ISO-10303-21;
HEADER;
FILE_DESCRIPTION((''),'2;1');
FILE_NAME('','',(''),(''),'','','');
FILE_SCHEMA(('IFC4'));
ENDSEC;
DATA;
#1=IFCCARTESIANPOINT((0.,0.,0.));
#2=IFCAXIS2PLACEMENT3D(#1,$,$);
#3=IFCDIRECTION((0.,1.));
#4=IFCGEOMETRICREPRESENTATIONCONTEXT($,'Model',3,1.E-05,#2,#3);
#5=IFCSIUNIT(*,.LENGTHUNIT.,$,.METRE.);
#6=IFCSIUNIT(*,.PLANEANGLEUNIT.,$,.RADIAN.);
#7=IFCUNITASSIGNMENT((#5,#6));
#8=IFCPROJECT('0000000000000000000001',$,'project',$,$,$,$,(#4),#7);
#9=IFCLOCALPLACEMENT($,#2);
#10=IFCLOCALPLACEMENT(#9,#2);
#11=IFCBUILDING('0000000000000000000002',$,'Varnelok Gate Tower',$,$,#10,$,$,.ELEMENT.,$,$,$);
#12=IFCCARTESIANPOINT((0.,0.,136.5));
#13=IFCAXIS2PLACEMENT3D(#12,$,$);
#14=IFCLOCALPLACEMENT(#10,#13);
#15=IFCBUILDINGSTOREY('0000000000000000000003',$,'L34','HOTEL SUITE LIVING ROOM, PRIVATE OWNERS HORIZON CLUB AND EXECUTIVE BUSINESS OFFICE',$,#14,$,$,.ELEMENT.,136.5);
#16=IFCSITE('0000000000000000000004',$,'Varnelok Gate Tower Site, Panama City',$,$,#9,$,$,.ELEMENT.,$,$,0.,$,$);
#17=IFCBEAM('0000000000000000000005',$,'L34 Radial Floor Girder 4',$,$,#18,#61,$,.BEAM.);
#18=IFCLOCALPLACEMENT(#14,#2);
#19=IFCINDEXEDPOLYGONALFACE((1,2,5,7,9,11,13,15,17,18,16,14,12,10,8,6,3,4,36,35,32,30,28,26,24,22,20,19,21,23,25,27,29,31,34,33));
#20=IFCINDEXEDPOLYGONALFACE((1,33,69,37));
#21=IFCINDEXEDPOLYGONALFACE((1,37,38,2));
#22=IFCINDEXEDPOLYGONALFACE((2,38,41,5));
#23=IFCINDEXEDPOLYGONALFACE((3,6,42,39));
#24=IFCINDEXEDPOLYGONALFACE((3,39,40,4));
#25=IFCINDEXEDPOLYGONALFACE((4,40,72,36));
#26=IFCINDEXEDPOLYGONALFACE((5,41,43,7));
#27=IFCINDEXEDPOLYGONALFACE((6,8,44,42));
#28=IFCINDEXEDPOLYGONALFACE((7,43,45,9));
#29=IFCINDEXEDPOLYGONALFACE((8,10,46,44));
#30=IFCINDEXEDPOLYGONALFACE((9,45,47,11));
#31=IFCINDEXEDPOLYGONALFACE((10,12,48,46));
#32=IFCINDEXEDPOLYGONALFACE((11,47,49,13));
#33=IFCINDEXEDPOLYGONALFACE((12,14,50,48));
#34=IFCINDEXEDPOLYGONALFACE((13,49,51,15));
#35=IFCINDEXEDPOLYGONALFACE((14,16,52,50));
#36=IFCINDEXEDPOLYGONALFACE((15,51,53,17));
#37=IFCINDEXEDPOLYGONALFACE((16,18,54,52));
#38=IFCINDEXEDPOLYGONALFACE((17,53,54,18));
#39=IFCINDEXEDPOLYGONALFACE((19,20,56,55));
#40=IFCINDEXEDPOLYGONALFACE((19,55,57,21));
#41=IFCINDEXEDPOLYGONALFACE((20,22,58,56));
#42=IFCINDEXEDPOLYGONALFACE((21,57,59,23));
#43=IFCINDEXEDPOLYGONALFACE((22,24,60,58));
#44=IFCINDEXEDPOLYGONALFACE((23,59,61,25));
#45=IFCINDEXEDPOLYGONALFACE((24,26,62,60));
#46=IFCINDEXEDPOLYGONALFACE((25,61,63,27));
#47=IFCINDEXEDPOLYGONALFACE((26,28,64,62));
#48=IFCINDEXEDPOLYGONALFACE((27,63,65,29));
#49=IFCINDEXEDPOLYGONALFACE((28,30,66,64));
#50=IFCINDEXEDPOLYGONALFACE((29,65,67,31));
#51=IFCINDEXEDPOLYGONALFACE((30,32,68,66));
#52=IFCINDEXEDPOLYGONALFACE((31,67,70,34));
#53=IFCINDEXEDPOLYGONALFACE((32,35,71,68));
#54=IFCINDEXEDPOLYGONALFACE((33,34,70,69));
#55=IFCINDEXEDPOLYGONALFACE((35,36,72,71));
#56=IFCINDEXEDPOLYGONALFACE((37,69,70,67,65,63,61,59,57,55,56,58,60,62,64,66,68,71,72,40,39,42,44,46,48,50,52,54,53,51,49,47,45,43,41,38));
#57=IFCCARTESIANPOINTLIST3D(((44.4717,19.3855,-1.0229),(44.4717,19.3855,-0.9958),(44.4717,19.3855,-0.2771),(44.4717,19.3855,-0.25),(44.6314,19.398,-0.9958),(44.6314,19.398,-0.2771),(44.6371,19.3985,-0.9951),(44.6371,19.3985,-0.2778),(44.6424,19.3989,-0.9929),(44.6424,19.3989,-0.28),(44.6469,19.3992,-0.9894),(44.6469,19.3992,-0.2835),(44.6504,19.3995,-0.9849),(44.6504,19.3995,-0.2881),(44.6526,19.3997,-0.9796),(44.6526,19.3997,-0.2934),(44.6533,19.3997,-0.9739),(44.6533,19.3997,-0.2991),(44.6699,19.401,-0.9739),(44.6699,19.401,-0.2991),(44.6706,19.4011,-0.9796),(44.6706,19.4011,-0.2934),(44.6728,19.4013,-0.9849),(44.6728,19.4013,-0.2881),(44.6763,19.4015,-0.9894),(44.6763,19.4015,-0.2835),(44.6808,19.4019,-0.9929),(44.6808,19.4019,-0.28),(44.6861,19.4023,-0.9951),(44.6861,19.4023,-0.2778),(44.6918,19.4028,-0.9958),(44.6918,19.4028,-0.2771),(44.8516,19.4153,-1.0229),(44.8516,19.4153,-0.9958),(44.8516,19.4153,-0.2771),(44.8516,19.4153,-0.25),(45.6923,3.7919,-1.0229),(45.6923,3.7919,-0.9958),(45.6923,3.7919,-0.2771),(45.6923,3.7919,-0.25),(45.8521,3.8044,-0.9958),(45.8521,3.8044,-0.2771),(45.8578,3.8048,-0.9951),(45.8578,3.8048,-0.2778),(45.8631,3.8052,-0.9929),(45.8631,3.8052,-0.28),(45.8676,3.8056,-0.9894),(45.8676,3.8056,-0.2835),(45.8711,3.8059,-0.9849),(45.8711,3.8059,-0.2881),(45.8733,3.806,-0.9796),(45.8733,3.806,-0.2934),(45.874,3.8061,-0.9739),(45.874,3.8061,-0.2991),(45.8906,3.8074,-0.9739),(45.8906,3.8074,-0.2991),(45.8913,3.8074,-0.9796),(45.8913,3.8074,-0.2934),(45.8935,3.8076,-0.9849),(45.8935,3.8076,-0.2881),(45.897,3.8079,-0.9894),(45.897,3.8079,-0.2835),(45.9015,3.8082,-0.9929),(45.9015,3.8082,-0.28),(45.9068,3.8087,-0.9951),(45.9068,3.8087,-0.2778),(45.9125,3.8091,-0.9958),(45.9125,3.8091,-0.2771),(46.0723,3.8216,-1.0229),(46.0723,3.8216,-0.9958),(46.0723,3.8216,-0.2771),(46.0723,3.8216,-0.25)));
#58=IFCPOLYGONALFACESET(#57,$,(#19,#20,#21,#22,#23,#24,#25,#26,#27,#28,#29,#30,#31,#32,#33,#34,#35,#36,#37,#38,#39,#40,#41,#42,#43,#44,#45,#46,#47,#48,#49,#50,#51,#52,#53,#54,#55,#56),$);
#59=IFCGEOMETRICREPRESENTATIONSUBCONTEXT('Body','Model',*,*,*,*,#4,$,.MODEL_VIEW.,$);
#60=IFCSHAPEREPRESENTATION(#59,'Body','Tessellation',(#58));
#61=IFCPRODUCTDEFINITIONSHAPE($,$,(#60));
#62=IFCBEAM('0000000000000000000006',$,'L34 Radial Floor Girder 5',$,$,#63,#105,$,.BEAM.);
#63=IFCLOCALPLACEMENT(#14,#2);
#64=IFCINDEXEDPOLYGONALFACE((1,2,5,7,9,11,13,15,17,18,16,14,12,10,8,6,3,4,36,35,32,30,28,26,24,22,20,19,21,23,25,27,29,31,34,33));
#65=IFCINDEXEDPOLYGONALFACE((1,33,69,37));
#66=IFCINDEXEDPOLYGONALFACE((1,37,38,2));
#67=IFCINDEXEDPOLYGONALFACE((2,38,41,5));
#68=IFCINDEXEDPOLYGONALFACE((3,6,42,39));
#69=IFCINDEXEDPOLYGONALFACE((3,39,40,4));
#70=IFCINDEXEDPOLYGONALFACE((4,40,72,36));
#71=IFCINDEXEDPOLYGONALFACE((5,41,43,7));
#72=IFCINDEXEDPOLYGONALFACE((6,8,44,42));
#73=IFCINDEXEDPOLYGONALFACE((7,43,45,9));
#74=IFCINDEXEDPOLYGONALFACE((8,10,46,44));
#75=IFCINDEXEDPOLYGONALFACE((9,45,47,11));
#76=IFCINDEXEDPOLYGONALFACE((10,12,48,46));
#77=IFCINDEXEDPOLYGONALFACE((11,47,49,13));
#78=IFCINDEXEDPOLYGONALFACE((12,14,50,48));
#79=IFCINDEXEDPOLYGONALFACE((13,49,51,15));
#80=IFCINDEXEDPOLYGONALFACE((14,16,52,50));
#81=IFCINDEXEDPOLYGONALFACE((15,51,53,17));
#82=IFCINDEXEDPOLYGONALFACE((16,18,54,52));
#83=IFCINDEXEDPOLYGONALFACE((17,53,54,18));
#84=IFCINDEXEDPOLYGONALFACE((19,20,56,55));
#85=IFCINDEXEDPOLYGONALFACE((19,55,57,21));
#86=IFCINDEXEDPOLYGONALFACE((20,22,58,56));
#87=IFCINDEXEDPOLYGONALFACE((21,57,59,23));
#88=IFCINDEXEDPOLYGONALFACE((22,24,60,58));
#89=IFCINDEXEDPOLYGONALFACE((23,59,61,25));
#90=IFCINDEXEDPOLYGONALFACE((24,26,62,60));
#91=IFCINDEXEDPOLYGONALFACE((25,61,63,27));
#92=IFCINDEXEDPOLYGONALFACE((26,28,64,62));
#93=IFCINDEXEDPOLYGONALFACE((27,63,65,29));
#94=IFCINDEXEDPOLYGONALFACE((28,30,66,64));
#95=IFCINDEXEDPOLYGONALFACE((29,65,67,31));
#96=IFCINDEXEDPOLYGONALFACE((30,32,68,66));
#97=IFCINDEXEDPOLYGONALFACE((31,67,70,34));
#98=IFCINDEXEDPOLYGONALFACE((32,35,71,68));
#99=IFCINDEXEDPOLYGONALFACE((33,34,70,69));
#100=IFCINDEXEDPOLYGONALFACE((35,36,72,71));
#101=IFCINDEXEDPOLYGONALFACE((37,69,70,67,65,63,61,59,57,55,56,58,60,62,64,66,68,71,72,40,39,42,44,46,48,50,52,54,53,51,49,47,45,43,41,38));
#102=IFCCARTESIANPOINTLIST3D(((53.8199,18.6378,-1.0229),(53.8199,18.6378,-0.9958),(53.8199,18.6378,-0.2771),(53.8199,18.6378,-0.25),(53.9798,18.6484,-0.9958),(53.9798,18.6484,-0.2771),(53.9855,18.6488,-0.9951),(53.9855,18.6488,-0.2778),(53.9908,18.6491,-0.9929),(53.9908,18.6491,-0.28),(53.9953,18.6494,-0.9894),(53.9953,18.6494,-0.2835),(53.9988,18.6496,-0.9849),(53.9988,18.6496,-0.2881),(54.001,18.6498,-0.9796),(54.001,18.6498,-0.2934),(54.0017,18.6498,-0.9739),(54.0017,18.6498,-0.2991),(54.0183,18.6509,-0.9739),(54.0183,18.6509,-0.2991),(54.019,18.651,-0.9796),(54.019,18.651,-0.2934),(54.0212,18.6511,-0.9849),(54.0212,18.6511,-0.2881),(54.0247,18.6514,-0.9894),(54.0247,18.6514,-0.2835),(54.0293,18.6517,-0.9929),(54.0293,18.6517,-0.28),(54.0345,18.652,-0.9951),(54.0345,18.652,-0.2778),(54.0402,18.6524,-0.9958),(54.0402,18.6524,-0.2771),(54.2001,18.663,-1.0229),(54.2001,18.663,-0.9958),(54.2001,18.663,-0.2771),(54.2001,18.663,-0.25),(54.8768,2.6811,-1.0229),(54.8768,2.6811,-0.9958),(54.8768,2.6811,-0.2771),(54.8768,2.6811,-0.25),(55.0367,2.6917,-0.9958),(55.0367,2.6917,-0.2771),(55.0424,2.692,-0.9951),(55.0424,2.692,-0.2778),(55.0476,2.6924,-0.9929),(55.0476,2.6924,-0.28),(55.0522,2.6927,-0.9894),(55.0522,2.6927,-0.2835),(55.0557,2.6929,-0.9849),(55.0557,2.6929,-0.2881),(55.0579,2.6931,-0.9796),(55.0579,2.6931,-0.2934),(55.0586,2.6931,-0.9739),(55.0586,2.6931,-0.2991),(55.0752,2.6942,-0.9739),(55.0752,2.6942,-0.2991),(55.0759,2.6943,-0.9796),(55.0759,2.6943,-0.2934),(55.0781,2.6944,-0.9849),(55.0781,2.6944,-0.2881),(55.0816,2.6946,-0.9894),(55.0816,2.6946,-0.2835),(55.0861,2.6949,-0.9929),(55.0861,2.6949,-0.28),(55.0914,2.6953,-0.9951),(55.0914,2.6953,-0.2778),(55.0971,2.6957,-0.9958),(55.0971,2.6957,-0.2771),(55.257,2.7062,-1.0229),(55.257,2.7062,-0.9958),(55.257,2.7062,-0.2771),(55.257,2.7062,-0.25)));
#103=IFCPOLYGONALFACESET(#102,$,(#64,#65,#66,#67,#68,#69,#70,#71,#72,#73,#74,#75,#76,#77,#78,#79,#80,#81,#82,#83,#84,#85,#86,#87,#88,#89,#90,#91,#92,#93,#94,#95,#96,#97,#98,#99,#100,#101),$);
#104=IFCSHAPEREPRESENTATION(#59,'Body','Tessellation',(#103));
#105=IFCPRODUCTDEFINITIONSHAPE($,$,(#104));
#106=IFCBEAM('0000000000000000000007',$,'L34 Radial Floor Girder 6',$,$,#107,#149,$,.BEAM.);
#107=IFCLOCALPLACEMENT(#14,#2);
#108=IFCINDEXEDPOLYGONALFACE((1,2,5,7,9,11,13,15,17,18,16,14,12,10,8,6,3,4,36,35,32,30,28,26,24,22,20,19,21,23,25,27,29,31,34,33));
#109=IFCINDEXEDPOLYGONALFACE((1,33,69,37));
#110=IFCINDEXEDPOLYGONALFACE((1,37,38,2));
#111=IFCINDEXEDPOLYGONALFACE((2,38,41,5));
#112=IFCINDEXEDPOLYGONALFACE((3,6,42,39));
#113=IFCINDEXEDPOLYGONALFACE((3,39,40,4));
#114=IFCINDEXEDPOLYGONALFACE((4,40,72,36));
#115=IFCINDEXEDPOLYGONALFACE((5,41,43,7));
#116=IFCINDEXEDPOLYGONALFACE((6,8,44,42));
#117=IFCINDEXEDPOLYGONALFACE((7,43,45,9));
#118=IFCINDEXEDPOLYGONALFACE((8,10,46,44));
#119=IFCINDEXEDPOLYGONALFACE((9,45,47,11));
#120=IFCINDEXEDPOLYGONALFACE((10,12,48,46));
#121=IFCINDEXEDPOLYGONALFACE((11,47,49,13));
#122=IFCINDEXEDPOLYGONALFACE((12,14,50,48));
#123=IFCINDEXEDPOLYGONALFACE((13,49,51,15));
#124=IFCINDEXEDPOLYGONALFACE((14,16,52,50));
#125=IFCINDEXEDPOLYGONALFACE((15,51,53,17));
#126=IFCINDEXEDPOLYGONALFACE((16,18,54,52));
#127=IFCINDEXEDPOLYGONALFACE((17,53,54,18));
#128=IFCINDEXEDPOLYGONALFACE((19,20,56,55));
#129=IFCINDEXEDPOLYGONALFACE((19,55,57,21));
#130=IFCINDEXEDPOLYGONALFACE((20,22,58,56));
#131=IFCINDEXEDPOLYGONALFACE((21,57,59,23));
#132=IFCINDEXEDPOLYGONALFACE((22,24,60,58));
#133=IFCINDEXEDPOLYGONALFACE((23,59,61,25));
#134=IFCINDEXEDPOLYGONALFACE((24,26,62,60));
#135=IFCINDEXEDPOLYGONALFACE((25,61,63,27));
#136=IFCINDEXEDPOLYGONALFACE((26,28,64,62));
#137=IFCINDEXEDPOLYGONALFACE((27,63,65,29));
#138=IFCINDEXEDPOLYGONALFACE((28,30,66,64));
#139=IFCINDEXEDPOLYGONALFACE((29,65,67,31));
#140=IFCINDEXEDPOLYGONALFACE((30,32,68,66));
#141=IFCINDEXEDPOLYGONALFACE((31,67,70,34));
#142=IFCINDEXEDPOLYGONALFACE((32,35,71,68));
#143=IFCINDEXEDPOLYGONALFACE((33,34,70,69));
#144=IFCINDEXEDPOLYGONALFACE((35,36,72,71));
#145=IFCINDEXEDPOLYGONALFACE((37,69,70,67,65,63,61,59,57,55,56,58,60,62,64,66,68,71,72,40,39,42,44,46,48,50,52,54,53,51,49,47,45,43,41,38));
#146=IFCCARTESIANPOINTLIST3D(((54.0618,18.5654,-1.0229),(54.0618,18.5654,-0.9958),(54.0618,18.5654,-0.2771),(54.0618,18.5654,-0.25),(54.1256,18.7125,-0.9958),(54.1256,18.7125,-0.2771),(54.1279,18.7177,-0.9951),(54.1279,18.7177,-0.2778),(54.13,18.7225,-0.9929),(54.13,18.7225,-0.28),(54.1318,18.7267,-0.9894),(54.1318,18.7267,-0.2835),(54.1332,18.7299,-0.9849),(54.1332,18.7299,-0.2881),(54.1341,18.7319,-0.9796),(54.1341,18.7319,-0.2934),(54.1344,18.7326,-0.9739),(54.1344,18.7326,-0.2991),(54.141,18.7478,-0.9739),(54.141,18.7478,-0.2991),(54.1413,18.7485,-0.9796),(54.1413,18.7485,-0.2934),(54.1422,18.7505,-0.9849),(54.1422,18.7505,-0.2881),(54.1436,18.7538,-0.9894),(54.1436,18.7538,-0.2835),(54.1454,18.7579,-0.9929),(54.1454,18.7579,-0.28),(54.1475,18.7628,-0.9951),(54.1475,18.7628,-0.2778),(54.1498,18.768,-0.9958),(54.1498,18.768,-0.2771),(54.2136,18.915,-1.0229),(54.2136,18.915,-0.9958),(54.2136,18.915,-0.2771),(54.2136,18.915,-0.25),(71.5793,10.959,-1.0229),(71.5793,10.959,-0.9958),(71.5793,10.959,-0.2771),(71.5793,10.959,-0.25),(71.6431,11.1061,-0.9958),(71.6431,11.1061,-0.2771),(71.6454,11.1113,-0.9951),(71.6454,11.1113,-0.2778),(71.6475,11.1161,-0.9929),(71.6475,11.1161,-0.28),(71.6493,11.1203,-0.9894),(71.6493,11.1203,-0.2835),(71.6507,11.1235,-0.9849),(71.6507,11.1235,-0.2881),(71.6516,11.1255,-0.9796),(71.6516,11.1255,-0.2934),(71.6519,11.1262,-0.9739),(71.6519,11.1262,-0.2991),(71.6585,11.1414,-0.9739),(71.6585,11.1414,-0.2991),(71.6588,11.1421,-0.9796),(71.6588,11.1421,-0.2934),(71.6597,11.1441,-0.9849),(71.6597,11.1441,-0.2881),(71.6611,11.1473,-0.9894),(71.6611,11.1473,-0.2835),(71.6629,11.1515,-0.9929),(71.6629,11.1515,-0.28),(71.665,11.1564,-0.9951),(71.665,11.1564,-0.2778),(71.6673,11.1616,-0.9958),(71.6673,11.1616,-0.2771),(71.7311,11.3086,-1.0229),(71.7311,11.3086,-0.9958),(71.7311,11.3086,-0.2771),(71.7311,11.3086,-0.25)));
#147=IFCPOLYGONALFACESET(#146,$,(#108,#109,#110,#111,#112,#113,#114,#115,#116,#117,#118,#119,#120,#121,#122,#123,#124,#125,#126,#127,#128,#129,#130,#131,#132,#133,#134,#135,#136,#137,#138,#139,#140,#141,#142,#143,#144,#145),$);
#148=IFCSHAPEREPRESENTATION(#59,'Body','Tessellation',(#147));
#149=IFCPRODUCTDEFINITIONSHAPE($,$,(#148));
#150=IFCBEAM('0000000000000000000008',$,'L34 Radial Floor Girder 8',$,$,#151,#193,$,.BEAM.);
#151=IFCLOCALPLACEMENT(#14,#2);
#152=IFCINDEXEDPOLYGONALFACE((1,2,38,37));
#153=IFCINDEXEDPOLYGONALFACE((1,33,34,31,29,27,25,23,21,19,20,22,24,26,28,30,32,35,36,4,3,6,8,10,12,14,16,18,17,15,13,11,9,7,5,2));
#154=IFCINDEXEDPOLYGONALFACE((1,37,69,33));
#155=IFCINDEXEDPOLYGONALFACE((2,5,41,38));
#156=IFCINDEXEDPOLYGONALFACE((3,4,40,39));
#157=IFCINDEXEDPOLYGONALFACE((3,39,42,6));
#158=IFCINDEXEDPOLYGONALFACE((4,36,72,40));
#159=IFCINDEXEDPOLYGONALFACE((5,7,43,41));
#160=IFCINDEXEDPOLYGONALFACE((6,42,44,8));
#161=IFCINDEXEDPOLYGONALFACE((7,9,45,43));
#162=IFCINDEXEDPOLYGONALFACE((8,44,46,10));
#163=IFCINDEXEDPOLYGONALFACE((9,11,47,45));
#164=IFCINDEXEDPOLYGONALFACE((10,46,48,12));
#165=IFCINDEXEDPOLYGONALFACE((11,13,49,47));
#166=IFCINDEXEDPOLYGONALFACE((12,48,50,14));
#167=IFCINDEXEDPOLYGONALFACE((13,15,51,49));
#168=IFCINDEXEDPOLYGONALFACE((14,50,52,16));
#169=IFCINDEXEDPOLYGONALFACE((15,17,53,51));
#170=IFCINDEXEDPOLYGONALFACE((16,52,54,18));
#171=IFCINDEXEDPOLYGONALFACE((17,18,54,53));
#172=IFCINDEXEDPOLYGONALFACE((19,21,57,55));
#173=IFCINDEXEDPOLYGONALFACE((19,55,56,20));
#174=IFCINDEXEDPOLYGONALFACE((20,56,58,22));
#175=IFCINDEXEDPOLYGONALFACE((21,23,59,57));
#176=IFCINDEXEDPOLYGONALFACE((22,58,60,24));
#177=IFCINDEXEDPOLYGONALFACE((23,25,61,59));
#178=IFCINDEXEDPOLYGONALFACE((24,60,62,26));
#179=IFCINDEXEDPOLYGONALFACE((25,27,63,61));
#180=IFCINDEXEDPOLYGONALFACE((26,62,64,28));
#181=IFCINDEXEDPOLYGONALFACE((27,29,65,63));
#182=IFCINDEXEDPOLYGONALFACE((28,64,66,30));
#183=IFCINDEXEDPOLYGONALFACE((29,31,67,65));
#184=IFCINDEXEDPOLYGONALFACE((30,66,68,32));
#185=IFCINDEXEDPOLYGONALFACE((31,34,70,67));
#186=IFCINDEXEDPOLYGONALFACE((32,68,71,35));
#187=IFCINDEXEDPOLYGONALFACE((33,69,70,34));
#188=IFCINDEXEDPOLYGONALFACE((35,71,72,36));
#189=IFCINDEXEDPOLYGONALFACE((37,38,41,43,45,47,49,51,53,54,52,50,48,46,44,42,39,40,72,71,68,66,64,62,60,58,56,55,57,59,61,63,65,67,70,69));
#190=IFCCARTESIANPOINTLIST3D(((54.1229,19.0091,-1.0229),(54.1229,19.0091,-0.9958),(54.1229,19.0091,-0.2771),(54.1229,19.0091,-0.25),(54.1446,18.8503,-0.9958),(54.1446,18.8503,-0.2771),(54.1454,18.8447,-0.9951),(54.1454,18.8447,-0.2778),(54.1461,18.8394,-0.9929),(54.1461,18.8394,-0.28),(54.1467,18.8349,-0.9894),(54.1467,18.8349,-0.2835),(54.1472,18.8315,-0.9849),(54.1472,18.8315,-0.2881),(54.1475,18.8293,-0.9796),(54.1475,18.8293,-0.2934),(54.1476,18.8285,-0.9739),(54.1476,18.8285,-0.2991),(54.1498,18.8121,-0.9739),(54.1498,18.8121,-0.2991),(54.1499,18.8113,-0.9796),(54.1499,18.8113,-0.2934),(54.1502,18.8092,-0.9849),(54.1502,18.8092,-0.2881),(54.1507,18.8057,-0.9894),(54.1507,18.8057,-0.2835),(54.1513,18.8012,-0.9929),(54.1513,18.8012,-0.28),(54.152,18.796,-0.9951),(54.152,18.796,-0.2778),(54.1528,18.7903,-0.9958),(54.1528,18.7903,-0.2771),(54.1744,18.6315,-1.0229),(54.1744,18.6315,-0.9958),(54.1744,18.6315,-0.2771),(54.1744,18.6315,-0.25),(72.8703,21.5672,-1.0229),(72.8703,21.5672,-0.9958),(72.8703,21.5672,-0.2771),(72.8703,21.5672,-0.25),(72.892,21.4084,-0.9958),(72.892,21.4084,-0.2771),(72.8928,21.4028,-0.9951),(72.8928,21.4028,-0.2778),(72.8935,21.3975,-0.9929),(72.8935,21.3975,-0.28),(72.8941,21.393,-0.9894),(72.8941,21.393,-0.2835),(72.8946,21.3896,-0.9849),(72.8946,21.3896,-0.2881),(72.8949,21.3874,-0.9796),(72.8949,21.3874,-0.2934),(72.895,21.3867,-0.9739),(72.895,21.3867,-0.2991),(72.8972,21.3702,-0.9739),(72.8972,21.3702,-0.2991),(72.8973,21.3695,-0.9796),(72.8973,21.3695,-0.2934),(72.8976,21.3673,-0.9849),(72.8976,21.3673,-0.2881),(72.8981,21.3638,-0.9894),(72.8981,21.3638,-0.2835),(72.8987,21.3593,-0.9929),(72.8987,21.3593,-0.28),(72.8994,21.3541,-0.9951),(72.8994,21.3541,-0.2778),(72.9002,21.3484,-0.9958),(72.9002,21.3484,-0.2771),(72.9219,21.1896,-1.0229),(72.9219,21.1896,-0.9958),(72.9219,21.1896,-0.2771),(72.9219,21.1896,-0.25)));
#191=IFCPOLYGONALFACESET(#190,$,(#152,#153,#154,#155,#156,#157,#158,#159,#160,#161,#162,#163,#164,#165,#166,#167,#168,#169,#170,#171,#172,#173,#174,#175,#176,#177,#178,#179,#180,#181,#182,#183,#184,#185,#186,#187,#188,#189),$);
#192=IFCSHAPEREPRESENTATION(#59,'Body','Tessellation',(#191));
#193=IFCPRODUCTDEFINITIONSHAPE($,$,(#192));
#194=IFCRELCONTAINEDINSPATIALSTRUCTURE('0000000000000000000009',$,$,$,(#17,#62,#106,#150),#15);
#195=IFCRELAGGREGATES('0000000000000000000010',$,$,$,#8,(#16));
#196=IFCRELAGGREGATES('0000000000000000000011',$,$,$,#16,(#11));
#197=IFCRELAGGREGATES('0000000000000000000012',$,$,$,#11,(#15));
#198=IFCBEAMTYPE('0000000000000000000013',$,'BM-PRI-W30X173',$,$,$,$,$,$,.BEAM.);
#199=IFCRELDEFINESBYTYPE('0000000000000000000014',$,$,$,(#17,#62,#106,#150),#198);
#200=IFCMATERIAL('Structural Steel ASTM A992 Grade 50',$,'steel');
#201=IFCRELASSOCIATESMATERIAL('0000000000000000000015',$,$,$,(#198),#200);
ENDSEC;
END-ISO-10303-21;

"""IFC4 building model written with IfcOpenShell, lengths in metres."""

from ifc_helpers import new_model, si_unit, direction, frame, origin, origin_2d, place, context, subcontext, project, spatial, i_section, extrude, material, material_profile, profile_set, type_object, element, save


model = new_model("IFC4")

# Units and contexts
model_context = context("Model", 3, precision=1e-05, world=origin(), true_north=direction((0.0, 1.0)))
body_context = subcontext(model_context, "Body", "Model", "MODEL_VIEW")
ifc_project = project(units=[si_unit("LENGTHUNIT", "METRE"), si_unit("PLANEANGLEUNIT", "RADIAN")], contexts=[model_context])

# Site, building, storey
site_placement = place(None, origin())
site = spatial("IfcSite", under=ifc_project, at=site_placement, Name="Varnelok Gate Tower Site, Panama City", CompositionType="ELEMENT", RefElevation=0.0)
building_placement = place(site_placement, origin())
building = spatial("IfcBuilding", under=site, at=building_placement, Name="Varnelok Gate Tower", CompositionType="ELEMENT")
storey_placement = place(building_placement, frame((0.0, 0.0, 136.5)))
storey = spatial("IfcBuildingStorey", under=building, at=storey_placement, Name="L34", Description="HOTEL SUITE LIVING ROOM, PRIVATE OWNERS HORIZON CLUB AND EXECUTIVE BUSINESS OFFICE", CompositionType="ELEMENT", Elevation=136.5)

# Shared definitions
ifc_material_1 = material(Name="Structural Steel ASTM A992 Grade 50", Category="steel")

# Beams
ifc_material_profile_1 = material_profile(ifc_material_1, i_section(OverallWidth=0.3811, OverallDepth=0.7729, WebThickness=0.0166, FlangeThickness=0.0271, FilletRadius=0.022, at=origin_2d()), Name="W30X173")
ifc_profile_set_1 = profile_set([ifc_material_profile_1], Name="Structural Steel ASTM A992 Grade 50")
beam_type_1 = type_object("IfcBeamType", Name="BM-PRI-W30X173", PredefinedType="BEAM", material=ifc_profile_set_1)
beam_1_placement = place(storey_placement, frame((44.6616, 19.4004, -0.6365), z_axis=(0.078043, -0.99695, 0.0), x_axis=(0.99695, 0.078043, 0.0)))
element("IfcBeam", 1, at=beam_1_placement, inside=storey, type_object=beam_type_1, Name="L34 Radial Floor Girder 4", PredefinedType="BEAM", context=body_context, shape_type="SweptSolid", body=[
    extrude(i_section(OverallWidth=0.3811, OverallDepth=0.7729, WebThickness=0.0166, FlangeThickness=0.0271, FilletRadius=0.022, at=origin_2d()), origin(), (0.0, 0.0, 1.0), 15.6414),
])
beam_2_placement = place(storey_placement, frame((54.01, 18.6504, -0.6365), z_axis=(0.066089, -0.997814, 0.0), x_axis=(0.997814, 0.066089, 0.0)))
element("IfcBeam", 2, at=beam_2_placement, inside=storey, type_object=beam_type_1, Name="L34 Radial Floor Girder 5", PredefinedType="BEAM", context=body_context, shape_type="SweptSolid", body=[
    extrude(i_section(OverallWidth=0.3811, OverallDepth=0.7729, WebThickness=0.0166, FlangeThickness=0.0271, FilletRadius=0.022, at=origin_2d()), origin(), (0.0, 0.0, 1.0), 15.9917),
])
beam_3_placement = place(storey_placement, frame((54.1377, 18.7402, -0.6365), z_axis=(0.917259, -0.39829, 0.0), x_axis=(0.39829, 0.917259, 0.0)))
element("IfcBeam", 3, at=beam_3_placement, inside=storey, type_object=beam_type_1, Name="L34 Radial Floor Girder 6", PredefinedType="BEAM", context=body_context, shape_type="SweptSolid", body=[
    extrude(i_section(OverallWidth=0.3811, OverallDepth=0.7729, WebThickness=0.0166, FlangeThickness=0.0271, FilletRadius=0.022, at=origin_2d()), origin(), (0.0, 0.0, 1.0), 19.0977),
])
beam_4_placement = place(storey_placement, frame((54.1487, 18.8203, -0.6365), z_axis=(0.990818, 0.135199, 0.0), x_axis=(-0.135199, 0.990818, 0.0)))
element("IfcBeam", 4, at=beam_4_placement, inside=storey, type_object=beam_type_1, Name="L34 Radial Floor Girder 8", PredefinedType="BEAM", context=body_context, shape_type="SweptSolid", body=[
    extrude(i_section(OverallWidth=0.3811, OverallDepth=0.7729, WebThickness=0.0166, FlangeThickness=0.0271, FilletRadius=0.022, at=origin_2d()), origin(), (0.0, 0.0, 1.0), 18.9211),
])

save(model, "model.ifc")
